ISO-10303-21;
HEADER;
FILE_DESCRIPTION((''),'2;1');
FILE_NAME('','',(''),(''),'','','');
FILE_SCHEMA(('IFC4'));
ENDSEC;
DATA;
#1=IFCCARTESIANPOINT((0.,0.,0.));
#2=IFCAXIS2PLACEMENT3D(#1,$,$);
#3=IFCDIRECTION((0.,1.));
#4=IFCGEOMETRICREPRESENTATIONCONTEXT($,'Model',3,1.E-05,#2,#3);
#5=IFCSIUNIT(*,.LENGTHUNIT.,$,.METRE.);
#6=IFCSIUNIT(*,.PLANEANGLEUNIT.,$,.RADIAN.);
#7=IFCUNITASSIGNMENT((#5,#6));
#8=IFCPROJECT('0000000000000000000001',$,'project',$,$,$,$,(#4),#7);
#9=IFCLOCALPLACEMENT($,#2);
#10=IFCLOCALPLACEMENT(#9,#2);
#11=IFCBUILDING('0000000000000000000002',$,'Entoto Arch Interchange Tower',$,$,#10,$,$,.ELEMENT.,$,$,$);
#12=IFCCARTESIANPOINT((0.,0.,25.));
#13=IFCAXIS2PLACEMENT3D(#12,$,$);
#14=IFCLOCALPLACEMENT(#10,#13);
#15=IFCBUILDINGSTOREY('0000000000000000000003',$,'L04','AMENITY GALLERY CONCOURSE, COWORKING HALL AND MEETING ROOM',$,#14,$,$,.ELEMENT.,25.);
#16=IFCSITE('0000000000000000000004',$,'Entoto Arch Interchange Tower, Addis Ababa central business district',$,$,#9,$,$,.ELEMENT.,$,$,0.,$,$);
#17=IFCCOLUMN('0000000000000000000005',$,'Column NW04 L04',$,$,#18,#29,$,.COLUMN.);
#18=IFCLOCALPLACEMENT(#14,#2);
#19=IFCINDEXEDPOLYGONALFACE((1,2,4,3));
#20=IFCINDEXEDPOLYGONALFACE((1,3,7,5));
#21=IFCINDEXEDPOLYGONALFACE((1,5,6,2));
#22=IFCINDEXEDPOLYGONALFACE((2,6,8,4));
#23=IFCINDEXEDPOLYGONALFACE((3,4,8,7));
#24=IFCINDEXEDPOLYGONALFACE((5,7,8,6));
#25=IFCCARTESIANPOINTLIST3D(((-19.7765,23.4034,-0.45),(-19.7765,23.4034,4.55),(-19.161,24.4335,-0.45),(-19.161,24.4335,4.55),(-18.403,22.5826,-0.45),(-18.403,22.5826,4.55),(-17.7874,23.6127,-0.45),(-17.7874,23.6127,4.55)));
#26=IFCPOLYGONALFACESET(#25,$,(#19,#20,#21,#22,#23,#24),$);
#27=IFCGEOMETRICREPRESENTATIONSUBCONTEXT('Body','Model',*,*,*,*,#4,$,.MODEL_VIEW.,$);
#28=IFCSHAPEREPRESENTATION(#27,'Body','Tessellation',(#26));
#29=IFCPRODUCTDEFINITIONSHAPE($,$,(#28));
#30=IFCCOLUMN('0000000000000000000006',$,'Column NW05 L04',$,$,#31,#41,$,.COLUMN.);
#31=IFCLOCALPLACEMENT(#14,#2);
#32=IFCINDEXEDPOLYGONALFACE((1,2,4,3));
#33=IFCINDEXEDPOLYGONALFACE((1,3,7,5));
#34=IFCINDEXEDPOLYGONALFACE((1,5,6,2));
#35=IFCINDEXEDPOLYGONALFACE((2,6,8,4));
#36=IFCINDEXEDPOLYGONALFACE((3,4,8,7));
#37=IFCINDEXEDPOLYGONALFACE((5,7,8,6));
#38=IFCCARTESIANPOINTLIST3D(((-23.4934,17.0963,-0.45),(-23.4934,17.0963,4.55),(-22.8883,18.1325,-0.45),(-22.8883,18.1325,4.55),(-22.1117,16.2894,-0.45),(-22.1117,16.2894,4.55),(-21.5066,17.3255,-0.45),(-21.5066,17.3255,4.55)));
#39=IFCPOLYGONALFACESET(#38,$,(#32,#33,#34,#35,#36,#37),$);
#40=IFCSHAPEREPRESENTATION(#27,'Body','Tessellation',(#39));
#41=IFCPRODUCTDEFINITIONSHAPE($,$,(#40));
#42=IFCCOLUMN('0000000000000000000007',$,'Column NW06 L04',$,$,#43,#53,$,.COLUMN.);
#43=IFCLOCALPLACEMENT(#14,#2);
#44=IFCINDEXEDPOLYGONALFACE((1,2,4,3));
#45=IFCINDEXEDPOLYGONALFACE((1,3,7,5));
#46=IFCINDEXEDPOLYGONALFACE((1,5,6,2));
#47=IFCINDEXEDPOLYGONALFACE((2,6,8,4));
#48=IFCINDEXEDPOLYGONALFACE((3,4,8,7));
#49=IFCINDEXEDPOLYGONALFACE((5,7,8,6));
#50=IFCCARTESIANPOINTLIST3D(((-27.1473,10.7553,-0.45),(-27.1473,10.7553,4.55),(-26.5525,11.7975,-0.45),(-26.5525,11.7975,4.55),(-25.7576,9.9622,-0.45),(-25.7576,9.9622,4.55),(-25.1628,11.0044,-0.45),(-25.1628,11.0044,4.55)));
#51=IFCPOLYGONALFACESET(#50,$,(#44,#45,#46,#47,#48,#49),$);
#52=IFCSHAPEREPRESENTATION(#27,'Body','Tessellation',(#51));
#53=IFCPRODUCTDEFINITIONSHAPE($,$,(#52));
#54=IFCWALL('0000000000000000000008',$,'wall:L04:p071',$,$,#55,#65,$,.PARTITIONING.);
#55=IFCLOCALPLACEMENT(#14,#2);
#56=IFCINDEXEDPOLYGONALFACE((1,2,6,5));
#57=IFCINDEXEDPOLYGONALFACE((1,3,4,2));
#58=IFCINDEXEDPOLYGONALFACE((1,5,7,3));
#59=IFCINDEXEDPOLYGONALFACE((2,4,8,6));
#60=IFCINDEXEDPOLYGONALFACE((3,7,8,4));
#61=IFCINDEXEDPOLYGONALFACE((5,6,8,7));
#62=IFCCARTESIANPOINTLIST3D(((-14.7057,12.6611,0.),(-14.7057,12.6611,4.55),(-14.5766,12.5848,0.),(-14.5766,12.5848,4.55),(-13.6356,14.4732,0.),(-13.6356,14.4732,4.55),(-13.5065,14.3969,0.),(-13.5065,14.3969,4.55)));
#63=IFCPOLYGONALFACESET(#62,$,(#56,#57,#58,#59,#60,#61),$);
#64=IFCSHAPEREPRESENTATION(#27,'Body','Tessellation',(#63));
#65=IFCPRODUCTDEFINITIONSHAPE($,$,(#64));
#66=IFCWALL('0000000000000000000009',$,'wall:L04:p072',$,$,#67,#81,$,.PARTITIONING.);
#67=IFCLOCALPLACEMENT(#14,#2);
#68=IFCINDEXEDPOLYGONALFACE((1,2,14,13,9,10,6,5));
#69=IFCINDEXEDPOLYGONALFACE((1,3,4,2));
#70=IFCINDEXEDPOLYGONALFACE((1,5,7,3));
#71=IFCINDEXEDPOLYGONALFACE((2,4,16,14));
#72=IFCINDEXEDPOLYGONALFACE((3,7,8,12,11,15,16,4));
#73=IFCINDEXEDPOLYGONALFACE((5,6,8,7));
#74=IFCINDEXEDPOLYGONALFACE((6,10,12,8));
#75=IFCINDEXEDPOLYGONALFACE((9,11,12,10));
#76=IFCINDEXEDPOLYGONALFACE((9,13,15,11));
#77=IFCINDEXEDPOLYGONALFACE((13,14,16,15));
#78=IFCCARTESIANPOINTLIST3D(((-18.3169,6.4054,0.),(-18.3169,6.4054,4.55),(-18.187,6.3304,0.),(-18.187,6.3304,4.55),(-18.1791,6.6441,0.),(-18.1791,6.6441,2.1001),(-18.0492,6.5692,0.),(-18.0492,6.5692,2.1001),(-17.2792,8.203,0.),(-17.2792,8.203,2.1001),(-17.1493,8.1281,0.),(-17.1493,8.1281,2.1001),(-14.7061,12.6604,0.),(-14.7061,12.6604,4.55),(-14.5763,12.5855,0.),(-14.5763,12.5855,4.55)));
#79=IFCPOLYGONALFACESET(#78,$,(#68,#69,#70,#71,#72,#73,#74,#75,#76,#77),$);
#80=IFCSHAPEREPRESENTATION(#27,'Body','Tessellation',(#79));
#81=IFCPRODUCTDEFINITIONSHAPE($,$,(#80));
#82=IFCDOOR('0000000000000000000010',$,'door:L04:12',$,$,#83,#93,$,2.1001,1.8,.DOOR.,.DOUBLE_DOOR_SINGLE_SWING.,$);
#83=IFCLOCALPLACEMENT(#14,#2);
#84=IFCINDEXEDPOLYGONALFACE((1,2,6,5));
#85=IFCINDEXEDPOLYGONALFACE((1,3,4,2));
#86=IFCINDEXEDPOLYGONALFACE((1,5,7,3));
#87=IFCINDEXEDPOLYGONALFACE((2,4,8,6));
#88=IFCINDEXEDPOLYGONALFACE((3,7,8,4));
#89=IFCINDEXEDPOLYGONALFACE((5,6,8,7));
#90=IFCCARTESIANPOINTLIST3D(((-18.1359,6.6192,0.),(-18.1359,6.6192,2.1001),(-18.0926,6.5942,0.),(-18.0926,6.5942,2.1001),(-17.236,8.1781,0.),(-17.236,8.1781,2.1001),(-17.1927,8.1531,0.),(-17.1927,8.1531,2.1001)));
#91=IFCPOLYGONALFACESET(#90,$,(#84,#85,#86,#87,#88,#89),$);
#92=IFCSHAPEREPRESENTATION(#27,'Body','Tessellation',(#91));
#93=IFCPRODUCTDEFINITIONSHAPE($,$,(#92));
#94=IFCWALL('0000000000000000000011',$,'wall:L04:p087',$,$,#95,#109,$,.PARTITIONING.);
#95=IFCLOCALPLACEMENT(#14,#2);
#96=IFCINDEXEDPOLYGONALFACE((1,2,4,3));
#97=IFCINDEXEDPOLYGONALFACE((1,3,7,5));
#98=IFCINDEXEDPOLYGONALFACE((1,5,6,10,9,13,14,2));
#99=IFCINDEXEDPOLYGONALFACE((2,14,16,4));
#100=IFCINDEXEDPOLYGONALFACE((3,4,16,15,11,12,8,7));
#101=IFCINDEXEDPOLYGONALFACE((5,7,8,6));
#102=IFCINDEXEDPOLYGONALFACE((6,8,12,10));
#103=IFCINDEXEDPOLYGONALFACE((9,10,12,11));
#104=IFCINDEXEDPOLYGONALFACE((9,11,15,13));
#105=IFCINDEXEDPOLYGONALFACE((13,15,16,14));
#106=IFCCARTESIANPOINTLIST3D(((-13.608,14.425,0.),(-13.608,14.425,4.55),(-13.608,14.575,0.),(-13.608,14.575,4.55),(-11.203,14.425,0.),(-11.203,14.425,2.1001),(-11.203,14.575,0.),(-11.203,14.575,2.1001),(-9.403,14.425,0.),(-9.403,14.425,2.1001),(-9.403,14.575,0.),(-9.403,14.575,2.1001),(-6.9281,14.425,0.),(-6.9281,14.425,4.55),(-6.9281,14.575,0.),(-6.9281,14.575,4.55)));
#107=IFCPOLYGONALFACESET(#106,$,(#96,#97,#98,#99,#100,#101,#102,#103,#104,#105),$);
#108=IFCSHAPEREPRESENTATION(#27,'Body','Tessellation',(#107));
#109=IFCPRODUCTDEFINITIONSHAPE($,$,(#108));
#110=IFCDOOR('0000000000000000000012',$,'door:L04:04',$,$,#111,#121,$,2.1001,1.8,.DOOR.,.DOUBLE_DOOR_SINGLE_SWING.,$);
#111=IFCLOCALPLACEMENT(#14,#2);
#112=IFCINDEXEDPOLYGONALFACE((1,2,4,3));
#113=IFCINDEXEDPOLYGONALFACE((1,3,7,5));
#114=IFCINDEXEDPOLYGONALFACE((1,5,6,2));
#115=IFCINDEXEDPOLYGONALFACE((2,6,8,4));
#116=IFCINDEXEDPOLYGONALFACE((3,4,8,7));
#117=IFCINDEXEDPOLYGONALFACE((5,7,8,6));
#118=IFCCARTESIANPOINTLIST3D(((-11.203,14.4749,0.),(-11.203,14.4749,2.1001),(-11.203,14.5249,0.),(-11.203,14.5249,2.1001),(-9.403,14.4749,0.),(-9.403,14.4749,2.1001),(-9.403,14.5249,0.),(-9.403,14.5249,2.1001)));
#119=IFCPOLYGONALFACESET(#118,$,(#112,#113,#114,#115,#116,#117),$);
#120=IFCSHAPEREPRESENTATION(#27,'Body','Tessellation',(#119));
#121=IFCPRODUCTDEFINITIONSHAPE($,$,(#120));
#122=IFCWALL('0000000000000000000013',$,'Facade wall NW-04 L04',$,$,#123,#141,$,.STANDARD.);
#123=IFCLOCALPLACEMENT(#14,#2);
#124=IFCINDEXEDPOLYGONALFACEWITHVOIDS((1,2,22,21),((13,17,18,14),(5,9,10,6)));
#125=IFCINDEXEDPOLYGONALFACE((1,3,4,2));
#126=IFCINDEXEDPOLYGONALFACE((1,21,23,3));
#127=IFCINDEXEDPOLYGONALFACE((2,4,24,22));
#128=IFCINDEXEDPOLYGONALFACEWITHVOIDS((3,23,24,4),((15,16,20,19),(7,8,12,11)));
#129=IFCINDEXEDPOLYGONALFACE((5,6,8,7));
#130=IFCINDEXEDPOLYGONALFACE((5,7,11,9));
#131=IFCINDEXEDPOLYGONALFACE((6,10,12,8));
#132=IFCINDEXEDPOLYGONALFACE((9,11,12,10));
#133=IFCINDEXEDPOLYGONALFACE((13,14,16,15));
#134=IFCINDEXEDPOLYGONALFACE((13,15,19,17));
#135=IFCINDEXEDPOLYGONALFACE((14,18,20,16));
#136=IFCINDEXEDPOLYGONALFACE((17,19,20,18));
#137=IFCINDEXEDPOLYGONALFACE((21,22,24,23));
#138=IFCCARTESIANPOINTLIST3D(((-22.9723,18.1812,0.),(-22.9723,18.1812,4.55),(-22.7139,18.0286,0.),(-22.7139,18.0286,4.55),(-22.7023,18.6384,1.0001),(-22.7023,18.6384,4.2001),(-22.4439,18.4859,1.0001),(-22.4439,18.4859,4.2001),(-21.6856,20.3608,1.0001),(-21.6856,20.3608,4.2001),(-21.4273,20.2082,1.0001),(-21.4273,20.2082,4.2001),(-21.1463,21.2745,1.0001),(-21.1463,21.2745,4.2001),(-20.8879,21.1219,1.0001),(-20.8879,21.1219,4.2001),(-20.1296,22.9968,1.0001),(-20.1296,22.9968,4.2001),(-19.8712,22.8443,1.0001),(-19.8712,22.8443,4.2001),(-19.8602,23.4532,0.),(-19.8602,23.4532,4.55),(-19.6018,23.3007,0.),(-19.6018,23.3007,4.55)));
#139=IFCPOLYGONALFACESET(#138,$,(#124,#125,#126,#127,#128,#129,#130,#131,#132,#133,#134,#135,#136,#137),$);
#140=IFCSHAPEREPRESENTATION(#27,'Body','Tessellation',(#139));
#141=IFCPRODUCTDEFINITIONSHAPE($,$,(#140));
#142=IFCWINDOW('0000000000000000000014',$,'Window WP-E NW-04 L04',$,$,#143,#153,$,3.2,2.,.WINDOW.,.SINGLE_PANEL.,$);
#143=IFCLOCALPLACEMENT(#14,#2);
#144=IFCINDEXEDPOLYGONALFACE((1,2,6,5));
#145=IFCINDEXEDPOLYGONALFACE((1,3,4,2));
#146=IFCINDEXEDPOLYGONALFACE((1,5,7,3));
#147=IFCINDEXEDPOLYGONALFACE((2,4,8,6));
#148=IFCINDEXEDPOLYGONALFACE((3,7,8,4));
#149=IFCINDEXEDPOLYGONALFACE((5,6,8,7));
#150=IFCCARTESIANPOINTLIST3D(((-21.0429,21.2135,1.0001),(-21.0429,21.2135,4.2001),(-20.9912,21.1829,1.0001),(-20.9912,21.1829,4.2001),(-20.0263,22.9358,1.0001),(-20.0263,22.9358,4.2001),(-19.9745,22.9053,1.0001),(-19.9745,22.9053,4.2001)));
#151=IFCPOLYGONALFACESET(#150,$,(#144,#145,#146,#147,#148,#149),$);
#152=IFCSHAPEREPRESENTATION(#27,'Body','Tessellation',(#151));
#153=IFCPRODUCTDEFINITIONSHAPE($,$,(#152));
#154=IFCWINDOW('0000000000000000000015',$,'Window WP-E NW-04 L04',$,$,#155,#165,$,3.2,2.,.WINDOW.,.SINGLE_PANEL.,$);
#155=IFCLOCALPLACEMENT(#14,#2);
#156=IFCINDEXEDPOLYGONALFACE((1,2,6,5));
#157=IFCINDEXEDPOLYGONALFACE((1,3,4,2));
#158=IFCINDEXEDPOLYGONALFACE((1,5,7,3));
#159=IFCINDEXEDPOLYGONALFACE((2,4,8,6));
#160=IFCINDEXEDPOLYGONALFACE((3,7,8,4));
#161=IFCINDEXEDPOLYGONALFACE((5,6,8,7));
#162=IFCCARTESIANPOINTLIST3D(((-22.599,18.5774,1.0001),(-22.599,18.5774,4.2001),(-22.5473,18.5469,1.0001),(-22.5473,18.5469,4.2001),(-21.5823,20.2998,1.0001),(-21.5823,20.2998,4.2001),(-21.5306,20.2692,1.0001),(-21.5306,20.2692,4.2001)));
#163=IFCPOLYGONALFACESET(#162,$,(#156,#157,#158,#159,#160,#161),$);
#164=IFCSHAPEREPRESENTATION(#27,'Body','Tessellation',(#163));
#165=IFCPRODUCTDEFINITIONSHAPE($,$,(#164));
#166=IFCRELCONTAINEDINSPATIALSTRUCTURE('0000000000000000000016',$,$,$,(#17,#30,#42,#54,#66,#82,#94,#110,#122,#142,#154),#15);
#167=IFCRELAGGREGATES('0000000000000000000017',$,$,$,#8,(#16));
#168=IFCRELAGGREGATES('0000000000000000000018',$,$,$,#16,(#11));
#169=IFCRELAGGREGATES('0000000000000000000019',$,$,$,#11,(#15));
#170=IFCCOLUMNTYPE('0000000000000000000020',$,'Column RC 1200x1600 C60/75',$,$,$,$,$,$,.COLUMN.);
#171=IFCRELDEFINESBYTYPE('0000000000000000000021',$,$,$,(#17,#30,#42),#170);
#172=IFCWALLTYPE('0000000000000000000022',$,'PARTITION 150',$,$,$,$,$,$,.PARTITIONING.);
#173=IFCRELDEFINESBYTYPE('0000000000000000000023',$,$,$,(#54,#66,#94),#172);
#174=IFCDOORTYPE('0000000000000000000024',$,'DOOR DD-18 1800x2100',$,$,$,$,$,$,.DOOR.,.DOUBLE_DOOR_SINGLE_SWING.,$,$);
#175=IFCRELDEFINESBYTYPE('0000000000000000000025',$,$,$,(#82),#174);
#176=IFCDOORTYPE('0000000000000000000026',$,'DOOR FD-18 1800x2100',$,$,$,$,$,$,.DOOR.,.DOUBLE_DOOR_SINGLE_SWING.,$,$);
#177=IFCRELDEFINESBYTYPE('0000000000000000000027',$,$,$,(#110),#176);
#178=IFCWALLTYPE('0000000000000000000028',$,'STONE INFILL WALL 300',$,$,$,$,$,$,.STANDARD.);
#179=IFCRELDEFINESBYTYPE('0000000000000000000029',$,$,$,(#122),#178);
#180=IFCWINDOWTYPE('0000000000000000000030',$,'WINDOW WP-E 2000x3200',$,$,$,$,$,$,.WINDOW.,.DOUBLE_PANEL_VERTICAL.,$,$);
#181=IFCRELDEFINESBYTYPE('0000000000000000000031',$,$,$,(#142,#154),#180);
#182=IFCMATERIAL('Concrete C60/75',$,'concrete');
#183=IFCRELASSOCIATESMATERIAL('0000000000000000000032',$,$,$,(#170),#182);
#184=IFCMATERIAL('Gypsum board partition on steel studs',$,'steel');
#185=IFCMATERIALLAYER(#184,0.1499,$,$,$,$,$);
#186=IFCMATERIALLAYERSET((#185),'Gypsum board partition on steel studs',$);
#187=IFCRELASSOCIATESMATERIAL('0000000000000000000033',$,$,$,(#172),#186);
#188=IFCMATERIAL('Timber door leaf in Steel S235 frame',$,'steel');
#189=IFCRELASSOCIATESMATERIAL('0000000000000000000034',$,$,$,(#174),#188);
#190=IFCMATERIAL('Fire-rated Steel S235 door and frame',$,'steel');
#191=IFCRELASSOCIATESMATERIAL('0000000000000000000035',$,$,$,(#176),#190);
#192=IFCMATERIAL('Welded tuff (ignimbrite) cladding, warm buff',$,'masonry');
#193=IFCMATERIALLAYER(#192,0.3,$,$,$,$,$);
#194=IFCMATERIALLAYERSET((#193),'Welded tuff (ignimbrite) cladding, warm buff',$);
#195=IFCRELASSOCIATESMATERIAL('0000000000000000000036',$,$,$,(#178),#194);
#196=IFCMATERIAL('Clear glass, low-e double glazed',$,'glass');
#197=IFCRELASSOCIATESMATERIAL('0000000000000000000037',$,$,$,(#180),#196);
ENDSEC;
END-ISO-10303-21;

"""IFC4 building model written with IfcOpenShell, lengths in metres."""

from ifc_helpers import new_model, si_unit, direction, frame, frame_2d, origin, origin_2d, place, context, subcontext, project, spatial, rectangle, extrude, material, layer, layer_set, material_profile, profile_set, type_object, element, fill, save


model = new_model("IFC4")

# Units and contexts
model_context = context("Model", 3, precision=1e-05, world=origin(), true_north=direction((0.0, 1.0)))
body_context = subcontext(model_context, "Body", "Model", "MODEL_VIEW")
ifc_project = project(units=[si_unit("LENGTHUNIT", "METRE"), si_unit("PLANEANGLEUNIT", "RADIAN")], contexts=[model_context])

# Site, building, storey
site_placement = place(None, origin())
site = spatial("IfcSite", under=ifc_project, at=site_placement, Name="Entoto Arch Interchange Tower, Addis Ababa central business district", CompositionType="ELEMENT", RefElevation=0.0)
building_placement = place(site_placement, origin())
building = spatial("IfcBuilding", under=site, at=building_placement, Name="Entoto Arch Interchange Tower", CompositionType="ELEMENT")
storey_placement = place(building_placement, frame((0.0, 0.0, 25.0)))
storey = spatial("IfcBuildingStorey", under=building, at=storey_placement, Name="L04", Description="AMENITY GALLERY CONCOURSE, COWORKING HALL AND MEETING ROOM", CompositionType="ELEMENT", Elevation=25.0)

# Columns
ifc_material_1 = material(Name="Concrete C60/75", Category="concrete")
ifc_material_profile = material_profile(ifc_material_1, rectangle(XDim=1.2, YDim=1.6001, at=origin_2d()))
ifc_profile_set = profile_set([ifc_material_profile], Name="Concrete C60/75")
column_type = type_object("IfcColumnType", Name="Column RC 1200x1600 C60/75", PredefinedType="COLUMN", material=ifc_profile_set)
for number, where, z_axis, x_axis, name in (
    (1, (-18.782, 23.5081, -0.45), (0.0, 0.0, 1.0), (0.512972, 0.858405, 0.0), "Column NW04 L04"),
    (2, (-22.5, 17.2109, -0.45), (0.0, 0.0, 1.0), (0.504332, 0.86351, 0.0), "Column NW05 L04"),
    (3, (-26.155, 10.8799, -0.45), (0.0, 0.0, 1.0), (0.495656, 0.868519, 0.0), "Column NW06 L04"),
):
    element("IfcColumn", number, at=place(storey_placement, frame(where, z_axis=z_axis, x_axis=x_axis)), inside=storey, type_object=column_type, Name=name, PredefinedType="COLUMN", context=body_context, shape_type="SweptSolid", body=[
        extrude(rectangle(XDim=1.2, YDim=1.6001, at=origin_2d()), origin(), (0.0, 0.0, 1.0), 5.0),
    ])

# Wall
ifc_material_2 = material(Name="Gypsum board partition on steel studs", Category="steel")
ifc_layer_1 = layer(ifc_material_2, 0.1499)
ifc_layer_set_1 = layer_set([ifc_layer_1], Name="Gypsum board partition on steel studs")
wall_type_1 = type_object("IfcWallType", Name="PARTITION 150", PredefinedType="PARTITIONING", material=ifc_layer_set_1)
wall_1_placement = place(storey_placement, frame((-13.571, 14.4351, 0.0), z_axis=(0.0, 0.0, 1.0), x_axis=(-0.508495, -0.861065, 0.0)))
element("IfcWall", 4, at=wall_1_placement, inside=storey, type_object=wall_type_1, Name="wall:L04:p071", PredefinedType="PARTITIONING", context=body_context, shape_type="SweptSolid", body=[
    extrude(rectangle(XDim=2.1045, YDim=0.1499, at=frame_2d((1.0522, 0.0))), origin(), (0.0, 0.0, 1.0), 4.55),
])

# Walls, openings, doors
wall_2_placement = place(storey_placement, frame((-14.6411, 12.623, 0.0), z_axis=(0.0, 0.0, 1.0), x_axis=(-0.499942, -0.866059, 0.0)))
wall_2 = element("IfcWall", 5, at=wall_2_placement, inside=storey, type_object=wall_type_1, Name="wall:L04:p072", PredefinedType="PARTITIONING", context=body_context, shape_type="SweptSolid", body=[
    extrude(rectangle(XDim=7.2224, YDim=0.1499, at=frame_2d((3.6113, 0.0))), origin(), (0.0, 0.0, 1.0), 4.55),
])
opening_1_placement = place(wall_2_placement, frame((5.147, 0.0, 0.0)))
opening_1 = element("IfcOpeningElement", 6, at=opening_1_placement, cuts=wall_2, PredefinedType="OPENING", context=body_context, shape_type="SweptSolid", body=[
    extrude(rectangle(XDim=1.8, YDim=2.1001, at=frame_2d((0.8999, 1.05))), frame((0.0, 0.085, 0.0), z_axis=(0.0, -1.0, 0.0), x_axis=(1.0, 0.0, 0.0)), (0.0, 0.0, 1.0), 0.1699),
])
ifc_material_3 = material(Name="Timber door leaf in Steel S235 frame", Category="steel")
door_type_1 = type_object("IfcDoorType", Name="DOOR DD-18 1800x2100", OperationType="DOUBLE_DOOR_SINGLE_SWING", PredefinedType="DOOR", material=ifc_material_3)
door_1_placement = place(opening_1_placement, origin())
door_1 = element("IfcDoor", 7, at=door_1_placement, inside=storey, type_object=door_type_1, Name="door:L04:12", OperationType="DOUBLE_DOOR_SINGLE_SWING", OverallHeight=2.1001, OverallWidth=1.8, PredefinedType="DOOR", context=body_context, shape_type="SweptSolid", body=[
    extrude(rectangle(XDim=1.8, YDim=2.1001, at=frame_2d((0.8999, 1.05))), frame((0.0, 0.0249, 0.0), z_axis=(0.0, -1.0, 0.0), x_axis=(1.0, 0.0, 0.0)), (0.0, 0.0, 1.0), 0.05),
])
fill(opening_1, door_1)
wall_3_placement = place(storey_placement, frame((-13.6079, 14.5, 0.0), z_axis=(0.0, 0.0, 1.0), x_axis=(1.0, 0.0, 0.0)))
wall_3 = element("IfcWall", 8, at=wall_3_placement, inside=storey, type_object=wall_type_1, Name="wall:L04:p087", PredefinedType="PARTITIONING", context=body_context, shape_type="SweptSolid", body=[
    extrude(rectangle(XDim=6.6799, YDim=0.1499, at=frame_2d((3.3398, 0.0))), origin(), (0.0, 0.0, 1.0), 4.55),
])
opening_2_placement = place(wall_3_placement, frame((2.405, 0.0, 0.0)))
opening_2 = element("IfcOpeningElement", 9, at=opening_2_placement, cuts=wall_3, PredefinedType="OPENING", context=body_context, shape_type="SweptSolid", body=[
    extrude(rectangle(XDim=1.8, YDim=2.1001, at=frame_2d((0.8999, 1.05))), frame((0.0, 0.085, 0.0), z_axis=(0.0, -1.0, 0.0), x_axis=(1.0, 0.0, 0.0)), (0.0, 0.0, 1.0), 0.1699),
])
ifc_material_4 = material(Name="Fire-rated Steel S235 door and frame", Category="steel")
door_type_2 = type_object("IfcDoorType", Name="DOOR FD-18 1800x2100", OperationType="DOUBLE_DOOR_SINGLE_SWING", PredefinedType="DOOR", material=ifc_material_4)
door_2_placement = place(opening_2_placement, origin())
door_2 = element("IfcDoor", 10, at=door_2_placement, inside=storey, type_object=door_type_2, Name="door:L04:04", OperationType="DOUBLE_DOOR_SINGLE_SWING", OverallHeight=2.1001, OverallWidth=1.8, PredefinedType="DOOR", context=body_context, shape_type="SweptSolid", body=[
    extrude(rectangle(XDim=1.8, YDim=2.1001, at=frame_2d((0.8999, 1.05))), frame((0.0, 0.0249, 0.0), z_axis=(0.0, -1.0, 0.0), x_axis=(1.0, 0.0, 0.0)), (0.0, 0.0, 1.0), 0.05),
])
fill(opening_2, door_2)

# Wall, openings, windows
ifc_material_5 = material(Name="Welded tuff (ignimbrite) cladding, warm buff", Category="masonry")
ifc_layer_2 = layer(ifc_material_5, 0.3)
ifc_layer_set_2 = layer_set([ifc_layer_2], Name="Welded tuff (ignimbrite) cladding, warm buff")
wall_type_2 = type_object("IfcWallType", Name="STONE INFILL WALL 300", PredefinedType="STANDARD", material=ifc_layer_set_2)
wall_4_placement = place(storey_placement, frame((-19.731, 23.377, 0.0), z_axis=(0.0, 0.0, 1.0), x_axis=(-0.508342, -0.861155, 0.0)))
wall_4 = element("IfcWall", 11, at=wall_4_placement, inside=storey, type_object=wall_type_2, Name="Facade wall NW-04 L04", PredefinedType="STANDARD", context=body_context, shape_type="SweptSolid", body=[
    extrude(rectangle(XDim=6.1221, YDim=0.3, at=frame_2d((3.061, 0.0))), origin(), (0.0, 0.0, 1.0), 4.55),
])
opening_3_placement = place(wall_4_placement, frame((0.53, 0.0, 1.0)))
opening_3 = element("IfcOpeningElement", 12, at=opening_3_placement, cuts=wall_4, PredefinedType="OPENING", context=body_context, shape_type="SweptSolid", body=[
    extrude(rectangle(XDim=2.0, YDim=3.2, at=frame_2d((1.0, 1.6001))), frame((0.0, 0.1602, 0.0), z_axis=(0.0, -1.0, 0.0), x_axis=(1.0, 0.0, 0.0)), (0.0, 0.0, 1.0), 0.3201),
])
opening_4_placement = place(wall_4_placement, frame((3.5911, 0.0, 1.0)))
opening_4 = element("IfcOpeningElement", 13, at=opening_4_placement, cuts=wall_4, PredefinedType="OPENING", context=body_context, shape_type="SweptSolid", body=[
    extrude(rectangle(XDim=2.0, YDim=3.2, at=frame_2d((1.0, 1.6001))), frame((0.0, 0.1602, 0.0), z_axis=(0.0, -1.0, 0.0), x_axis=(1.0, 0.0, 0.0)), (0.0, 0.0, 1.0), 0.3201),
])
ifc_material_6 = material(Name="Clear glass, low-e double glazed", Category="glass")
window_type = type_object("IfcWindowType", Name="WINDOW WP-E 2000x3200", PartitioningType="DOUBLE_PANEL_VERTICAL", PredefinedType="WINDOW", material=ifc_material_6)
window_1_placement = place(opening_3_placement, origin())
window_1 = element("IfcWindow", 14, at=window_1_placement, inside=storey, type_object=window_type, Name="Window WP-E NW-04 L04", OverallHeight=3.2, OverallWidth=2.0, PartitioningType="SINGLE_PANEL", PredefinedType="WINDOW", context=body_context, shape_type="SweptSolid", body=[
    extrude(rectangle(XDim=2.0, YDim=3.2, at=frame_2d((1.0, 1.6001))), frame((0.0, 0.03, 0.0), z_axis=(0.0, -1.0, 0.0), x_axis=(1.0, 0.0, 0.0)), (0.0, 0.0, 1.0), 0.0601),
])
fill(opening_3, window_1)
window_2_placement = place(opening_4_placement, origin())
window_2 = element("IfcWindow", 15, at=window_2_placement, inside=storey, type_object=window_type, Name="Window WP-E NW-04 L04", OverallHeight=3.2, OverallWidth=2.0, PartitioningType="SINGLE_PANEL", PredefinedType="WINDOW", context=body_context, shape_type="SweptSolid", body=[
    extrude(rectangle(XDim=2.0, YDim=3.2, at=frame_2d((1.0, 1.6001))), frame((0.0, 0.03, 0.0), z_axis=(0.0, -1.0, 0.0), x_axis=(1.0, 0.0, 0.0)), (0.0, 0.0, 1.0), 0.0601),
])
fill(opening_4, window_2)

save(model, "model.ifc")
